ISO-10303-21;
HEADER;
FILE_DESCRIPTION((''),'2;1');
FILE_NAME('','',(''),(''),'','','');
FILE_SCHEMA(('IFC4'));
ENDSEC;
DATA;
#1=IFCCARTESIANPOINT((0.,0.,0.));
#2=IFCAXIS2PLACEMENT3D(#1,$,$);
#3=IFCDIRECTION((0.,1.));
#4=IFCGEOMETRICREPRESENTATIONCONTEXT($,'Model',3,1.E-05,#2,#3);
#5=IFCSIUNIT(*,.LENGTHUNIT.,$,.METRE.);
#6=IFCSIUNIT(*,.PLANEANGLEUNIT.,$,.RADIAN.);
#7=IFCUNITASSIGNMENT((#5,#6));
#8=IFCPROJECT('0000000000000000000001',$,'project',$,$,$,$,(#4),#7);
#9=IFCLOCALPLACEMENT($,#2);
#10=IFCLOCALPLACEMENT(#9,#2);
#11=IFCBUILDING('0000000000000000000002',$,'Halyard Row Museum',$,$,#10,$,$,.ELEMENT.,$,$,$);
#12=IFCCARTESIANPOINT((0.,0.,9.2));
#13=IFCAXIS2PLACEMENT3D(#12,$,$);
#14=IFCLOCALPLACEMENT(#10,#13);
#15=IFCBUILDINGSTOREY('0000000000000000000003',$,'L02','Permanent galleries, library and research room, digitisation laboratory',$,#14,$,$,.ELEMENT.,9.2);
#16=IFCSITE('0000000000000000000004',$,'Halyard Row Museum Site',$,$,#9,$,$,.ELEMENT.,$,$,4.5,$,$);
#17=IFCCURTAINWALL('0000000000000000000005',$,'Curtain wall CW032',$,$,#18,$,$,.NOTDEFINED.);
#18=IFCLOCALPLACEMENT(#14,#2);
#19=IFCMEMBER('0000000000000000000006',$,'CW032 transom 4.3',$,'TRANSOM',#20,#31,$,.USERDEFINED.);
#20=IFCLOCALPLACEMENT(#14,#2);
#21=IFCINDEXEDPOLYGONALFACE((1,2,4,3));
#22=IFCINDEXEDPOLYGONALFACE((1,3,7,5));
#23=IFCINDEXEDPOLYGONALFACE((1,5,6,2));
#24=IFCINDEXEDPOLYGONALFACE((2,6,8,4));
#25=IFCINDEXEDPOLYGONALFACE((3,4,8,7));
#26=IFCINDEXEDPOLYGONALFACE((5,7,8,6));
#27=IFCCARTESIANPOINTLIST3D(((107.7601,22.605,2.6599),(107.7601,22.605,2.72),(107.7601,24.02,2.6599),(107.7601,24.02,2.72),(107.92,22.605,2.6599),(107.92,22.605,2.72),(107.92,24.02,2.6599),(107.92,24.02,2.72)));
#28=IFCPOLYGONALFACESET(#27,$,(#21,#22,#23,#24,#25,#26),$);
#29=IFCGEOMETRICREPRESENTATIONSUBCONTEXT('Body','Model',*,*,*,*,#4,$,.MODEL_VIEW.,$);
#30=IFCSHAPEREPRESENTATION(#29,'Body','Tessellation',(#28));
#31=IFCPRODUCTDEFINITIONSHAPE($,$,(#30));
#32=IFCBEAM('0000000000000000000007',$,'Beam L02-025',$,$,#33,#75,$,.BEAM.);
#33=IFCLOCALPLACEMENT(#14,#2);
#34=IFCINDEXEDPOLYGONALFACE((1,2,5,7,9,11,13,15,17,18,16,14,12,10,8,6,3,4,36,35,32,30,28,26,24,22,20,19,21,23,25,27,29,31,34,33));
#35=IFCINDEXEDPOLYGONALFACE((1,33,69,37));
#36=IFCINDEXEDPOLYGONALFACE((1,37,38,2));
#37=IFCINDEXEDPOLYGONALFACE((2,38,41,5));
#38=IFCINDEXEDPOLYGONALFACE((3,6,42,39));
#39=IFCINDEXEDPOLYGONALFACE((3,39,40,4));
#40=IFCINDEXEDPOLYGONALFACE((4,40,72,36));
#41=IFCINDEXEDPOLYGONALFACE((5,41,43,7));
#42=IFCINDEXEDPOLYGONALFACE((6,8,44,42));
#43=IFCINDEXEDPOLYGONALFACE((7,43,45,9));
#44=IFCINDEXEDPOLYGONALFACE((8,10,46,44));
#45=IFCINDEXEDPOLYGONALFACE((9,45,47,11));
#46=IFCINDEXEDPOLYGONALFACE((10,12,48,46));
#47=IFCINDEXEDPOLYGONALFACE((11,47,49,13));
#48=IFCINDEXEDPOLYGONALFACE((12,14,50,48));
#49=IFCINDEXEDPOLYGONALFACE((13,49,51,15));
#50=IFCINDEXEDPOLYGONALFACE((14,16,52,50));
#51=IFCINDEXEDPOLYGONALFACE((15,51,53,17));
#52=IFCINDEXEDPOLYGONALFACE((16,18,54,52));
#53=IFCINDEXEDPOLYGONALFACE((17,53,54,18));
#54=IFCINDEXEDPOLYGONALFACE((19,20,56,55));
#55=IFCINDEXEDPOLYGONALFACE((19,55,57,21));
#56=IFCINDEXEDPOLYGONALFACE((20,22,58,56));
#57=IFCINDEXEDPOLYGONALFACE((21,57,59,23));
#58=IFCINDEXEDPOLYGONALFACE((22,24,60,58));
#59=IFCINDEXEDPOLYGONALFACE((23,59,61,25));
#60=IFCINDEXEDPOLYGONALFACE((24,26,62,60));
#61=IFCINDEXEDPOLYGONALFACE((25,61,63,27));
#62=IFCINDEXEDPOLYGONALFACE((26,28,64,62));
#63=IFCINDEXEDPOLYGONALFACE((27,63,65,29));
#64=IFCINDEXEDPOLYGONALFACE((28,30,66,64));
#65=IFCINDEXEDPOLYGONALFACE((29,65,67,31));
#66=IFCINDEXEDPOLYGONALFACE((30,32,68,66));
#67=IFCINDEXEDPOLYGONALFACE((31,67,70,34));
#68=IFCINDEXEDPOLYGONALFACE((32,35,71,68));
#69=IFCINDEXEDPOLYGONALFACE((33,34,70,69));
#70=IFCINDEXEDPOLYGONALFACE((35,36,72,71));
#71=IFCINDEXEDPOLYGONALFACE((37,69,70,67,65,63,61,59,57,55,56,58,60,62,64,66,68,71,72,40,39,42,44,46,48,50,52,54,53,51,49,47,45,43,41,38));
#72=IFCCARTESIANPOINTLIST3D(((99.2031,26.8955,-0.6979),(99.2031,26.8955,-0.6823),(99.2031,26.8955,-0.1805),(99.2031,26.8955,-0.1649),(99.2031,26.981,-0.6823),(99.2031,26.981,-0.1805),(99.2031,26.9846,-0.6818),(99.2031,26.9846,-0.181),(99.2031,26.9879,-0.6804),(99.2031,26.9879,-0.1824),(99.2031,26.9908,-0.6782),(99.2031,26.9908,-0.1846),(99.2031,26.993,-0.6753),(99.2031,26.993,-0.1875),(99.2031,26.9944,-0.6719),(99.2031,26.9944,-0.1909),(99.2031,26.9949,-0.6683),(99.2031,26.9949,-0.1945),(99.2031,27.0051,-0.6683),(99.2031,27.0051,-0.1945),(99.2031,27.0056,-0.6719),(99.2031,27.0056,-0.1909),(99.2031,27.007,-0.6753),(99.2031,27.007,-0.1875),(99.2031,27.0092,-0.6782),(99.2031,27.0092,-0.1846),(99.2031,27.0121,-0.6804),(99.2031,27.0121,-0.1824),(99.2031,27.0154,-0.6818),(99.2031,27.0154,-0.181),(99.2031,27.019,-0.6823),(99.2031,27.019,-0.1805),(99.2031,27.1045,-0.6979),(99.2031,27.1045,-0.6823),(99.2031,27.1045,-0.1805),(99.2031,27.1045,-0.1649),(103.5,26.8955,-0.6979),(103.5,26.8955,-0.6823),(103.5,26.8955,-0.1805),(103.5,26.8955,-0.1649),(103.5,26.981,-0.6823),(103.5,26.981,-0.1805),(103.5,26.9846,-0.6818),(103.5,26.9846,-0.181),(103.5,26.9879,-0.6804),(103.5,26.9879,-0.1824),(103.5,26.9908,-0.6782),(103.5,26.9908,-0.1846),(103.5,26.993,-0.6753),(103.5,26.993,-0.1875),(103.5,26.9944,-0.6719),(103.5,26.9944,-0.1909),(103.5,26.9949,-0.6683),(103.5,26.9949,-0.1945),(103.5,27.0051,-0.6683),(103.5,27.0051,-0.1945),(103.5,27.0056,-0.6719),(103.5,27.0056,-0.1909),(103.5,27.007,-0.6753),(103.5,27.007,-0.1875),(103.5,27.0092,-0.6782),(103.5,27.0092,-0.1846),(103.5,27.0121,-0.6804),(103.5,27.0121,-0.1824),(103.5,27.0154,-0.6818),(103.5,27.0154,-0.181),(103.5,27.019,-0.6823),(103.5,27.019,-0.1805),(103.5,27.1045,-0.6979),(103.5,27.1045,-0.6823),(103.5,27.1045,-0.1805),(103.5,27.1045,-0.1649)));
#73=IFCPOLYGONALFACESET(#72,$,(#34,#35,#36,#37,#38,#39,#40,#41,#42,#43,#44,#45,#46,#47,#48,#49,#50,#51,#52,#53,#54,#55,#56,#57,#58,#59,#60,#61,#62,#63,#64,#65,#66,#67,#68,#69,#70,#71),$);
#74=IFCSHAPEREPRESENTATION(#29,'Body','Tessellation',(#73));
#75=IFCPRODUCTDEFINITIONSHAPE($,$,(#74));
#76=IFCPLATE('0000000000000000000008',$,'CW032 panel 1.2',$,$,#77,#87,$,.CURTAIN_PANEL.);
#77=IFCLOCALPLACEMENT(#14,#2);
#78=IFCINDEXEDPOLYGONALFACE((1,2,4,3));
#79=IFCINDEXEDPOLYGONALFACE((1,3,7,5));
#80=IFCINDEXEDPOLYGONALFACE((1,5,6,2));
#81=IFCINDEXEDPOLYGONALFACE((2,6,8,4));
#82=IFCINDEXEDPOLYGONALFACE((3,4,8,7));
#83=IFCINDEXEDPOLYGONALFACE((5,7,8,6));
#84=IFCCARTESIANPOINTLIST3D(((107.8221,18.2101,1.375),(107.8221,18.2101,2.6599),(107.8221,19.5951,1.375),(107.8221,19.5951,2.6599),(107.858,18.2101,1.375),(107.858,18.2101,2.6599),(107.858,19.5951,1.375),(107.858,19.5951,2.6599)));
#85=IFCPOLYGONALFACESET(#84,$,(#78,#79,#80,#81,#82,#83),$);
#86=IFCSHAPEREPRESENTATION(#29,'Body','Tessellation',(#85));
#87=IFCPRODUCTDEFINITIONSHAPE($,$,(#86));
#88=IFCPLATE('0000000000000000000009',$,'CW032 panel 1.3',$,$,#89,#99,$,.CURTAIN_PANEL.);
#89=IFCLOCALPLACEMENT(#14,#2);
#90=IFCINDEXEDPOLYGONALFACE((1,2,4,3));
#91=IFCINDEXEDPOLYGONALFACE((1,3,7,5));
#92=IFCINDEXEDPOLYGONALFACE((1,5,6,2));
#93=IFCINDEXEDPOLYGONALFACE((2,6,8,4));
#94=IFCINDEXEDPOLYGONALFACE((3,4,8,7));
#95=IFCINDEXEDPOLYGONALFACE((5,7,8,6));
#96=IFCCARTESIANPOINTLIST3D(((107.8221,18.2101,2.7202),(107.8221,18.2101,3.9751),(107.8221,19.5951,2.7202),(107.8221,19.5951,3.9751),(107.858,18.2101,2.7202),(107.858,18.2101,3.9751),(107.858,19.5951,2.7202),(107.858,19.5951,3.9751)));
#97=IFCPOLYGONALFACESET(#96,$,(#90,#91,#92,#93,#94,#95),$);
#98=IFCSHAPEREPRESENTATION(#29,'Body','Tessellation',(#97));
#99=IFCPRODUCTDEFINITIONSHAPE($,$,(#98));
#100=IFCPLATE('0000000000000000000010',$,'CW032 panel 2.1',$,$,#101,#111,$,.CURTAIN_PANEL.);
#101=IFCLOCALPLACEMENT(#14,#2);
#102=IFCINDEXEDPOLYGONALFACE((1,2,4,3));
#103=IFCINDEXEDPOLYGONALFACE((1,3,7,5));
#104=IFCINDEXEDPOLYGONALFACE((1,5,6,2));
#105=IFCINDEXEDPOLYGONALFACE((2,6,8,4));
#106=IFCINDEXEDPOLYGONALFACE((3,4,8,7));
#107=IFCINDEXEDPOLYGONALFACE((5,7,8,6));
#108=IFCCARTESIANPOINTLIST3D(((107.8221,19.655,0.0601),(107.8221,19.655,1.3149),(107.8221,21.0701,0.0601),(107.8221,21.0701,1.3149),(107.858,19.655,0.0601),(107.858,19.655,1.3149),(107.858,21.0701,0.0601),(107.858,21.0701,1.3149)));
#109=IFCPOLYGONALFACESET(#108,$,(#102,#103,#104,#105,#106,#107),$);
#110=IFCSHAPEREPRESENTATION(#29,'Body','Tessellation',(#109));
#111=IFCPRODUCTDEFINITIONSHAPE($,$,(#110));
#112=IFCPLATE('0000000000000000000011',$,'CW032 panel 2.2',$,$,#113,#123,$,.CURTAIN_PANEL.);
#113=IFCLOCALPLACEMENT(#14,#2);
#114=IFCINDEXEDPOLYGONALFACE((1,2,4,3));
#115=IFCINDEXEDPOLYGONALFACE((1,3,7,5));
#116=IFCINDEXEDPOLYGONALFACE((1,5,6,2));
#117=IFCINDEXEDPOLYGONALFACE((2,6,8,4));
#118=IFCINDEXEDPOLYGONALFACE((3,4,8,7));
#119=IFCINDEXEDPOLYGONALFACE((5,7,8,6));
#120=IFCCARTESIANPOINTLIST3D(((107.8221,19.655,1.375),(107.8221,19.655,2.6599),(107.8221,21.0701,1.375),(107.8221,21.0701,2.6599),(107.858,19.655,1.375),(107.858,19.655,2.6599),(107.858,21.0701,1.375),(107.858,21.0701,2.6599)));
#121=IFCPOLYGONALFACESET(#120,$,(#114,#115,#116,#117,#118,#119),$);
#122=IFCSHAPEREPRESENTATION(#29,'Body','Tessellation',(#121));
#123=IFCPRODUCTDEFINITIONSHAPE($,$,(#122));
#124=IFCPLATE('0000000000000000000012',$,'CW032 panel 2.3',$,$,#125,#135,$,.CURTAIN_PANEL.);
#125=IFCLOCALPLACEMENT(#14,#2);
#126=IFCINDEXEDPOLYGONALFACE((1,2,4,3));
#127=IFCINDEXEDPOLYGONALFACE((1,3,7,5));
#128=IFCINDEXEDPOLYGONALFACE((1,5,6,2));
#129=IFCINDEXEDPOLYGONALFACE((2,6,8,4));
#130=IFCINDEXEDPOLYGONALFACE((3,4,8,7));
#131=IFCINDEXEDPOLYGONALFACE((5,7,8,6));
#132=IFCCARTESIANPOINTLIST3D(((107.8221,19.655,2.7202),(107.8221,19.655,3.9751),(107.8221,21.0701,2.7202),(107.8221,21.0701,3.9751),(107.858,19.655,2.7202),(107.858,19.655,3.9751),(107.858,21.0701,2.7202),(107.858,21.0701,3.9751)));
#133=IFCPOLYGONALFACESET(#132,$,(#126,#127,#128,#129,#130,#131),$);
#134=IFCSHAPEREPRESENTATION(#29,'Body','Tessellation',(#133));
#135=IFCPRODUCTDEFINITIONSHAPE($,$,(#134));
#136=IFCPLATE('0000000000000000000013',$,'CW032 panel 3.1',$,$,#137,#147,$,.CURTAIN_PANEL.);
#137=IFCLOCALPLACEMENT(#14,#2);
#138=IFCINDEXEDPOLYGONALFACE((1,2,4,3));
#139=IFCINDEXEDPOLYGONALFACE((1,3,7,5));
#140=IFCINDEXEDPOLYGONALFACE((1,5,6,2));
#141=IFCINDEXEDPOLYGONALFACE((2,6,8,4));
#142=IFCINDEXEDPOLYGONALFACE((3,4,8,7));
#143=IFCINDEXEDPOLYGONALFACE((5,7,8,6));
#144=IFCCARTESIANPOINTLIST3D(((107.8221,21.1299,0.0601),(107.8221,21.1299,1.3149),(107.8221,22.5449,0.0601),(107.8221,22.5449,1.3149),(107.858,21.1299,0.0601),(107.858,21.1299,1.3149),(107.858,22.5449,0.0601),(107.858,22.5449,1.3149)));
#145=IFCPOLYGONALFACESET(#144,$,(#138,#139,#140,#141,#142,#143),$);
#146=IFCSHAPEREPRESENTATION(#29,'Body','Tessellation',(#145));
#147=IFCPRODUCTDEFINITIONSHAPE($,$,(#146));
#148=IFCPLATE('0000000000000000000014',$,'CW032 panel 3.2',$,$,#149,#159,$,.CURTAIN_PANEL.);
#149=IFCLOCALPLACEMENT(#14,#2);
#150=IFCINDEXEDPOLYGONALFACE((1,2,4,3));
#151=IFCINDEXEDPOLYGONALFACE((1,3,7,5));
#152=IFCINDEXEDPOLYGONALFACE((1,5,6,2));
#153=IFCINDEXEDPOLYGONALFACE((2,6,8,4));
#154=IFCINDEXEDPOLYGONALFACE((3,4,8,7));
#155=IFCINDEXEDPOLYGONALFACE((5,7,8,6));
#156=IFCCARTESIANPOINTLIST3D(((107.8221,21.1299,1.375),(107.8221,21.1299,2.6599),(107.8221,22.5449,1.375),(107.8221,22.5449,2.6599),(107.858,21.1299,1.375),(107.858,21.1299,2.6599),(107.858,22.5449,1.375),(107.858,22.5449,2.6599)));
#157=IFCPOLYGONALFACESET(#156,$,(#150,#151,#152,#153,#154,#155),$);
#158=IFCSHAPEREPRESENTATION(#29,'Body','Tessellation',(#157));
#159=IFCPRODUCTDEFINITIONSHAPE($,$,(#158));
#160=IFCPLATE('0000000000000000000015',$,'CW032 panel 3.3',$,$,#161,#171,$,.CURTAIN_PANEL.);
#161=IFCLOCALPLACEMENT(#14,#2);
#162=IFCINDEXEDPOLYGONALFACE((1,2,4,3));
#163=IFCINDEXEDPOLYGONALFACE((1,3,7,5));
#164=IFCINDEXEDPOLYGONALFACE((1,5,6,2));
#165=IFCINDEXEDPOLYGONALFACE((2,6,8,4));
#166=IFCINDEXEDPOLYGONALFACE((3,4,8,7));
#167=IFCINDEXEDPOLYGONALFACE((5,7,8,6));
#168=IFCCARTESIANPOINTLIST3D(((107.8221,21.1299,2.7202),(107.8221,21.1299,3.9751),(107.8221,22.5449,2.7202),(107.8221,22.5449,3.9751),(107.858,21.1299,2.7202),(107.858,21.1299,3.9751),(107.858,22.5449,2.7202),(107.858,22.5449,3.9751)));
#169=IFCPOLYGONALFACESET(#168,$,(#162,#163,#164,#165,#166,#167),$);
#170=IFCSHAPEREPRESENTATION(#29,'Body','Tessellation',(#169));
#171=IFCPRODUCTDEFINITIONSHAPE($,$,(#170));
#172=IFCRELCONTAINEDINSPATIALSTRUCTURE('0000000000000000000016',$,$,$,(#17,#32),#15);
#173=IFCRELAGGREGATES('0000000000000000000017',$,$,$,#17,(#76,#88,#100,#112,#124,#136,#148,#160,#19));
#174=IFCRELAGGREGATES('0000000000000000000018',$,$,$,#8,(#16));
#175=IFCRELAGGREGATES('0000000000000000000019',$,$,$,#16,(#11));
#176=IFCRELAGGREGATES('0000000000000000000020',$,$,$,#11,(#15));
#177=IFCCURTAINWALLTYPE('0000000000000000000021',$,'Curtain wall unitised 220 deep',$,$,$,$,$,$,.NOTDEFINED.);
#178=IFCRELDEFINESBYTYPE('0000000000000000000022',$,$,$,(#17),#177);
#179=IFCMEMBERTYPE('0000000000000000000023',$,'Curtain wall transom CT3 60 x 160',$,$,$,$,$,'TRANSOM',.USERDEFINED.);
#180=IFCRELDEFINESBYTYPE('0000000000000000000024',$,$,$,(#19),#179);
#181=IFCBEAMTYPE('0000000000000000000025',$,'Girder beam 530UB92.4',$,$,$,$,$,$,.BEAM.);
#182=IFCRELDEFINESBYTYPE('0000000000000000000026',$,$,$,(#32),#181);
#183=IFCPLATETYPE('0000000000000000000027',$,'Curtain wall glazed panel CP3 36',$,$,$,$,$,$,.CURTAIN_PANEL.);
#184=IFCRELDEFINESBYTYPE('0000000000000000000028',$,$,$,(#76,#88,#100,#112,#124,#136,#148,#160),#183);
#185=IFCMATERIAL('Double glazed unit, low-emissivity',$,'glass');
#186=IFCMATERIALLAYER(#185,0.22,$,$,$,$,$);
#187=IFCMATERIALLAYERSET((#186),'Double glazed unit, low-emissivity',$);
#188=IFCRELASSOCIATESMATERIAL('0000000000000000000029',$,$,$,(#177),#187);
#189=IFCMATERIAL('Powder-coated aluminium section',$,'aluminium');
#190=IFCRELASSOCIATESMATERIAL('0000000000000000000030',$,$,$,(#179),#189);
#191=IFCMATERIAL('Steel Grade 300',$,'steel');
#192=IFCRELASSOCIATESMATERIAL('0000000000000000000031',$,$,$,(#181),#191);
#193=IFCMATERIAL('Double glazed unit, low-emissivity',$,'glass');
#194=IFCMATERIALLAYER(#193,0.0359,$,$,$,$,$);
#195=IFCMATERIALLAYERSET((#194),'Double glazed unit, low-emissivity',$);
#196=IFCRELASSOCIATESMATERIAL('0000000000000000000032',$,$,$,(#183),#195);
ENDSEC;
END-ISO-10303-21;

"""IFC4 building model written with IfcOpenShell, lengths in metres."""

from ifc_helpers import new_model, si_unit, direction, frame, origin, origin_2d, place, context, subcontext, project, spatial, rectangle, i_section, extrude, material, layer, layer_set, material_profile, profile_set, type_object, element, aggregate, save


model = new_model("IFC4")

# Units and contexts
model_context = context("Model", 3, precision=1e-05, world=origin(), true_north=direction((0.0, 1.0)))
body_context = subcontext(model_context, "Body", "Model", "MODEL_VIEW")
ifc_project = project(units=[si_unit("LENGTHUNIT", "METRE"), si_unit("PLANEANGLEUNIT", "RADIAN")], contexts=[model_context])

# Site, building, storey
site_placement = place(None, origin())
site = spatial("IfcSite", under=ifc_project, at=site_placement, Name="Halyard Row Museum Site", CompositionType="ELEMENT", RefElevation=4.5)
building_placement = place(site_placement, origin())
building = spatial("IfcBuilding", under=site, at=building_placement, Name="Halyard Row Museum", CompositionType="ELEMENT")
storey_placement = place(building_placement, frame((0.0, 0.0, 9.2)))
storey = spatial("IfcBuildingStorey", under=building, at=storey_placement, Name="L02", Description="Permanent galleries, library and research room, digitisation laboratory", CompositionType="ELEMENT", Elevation=9.2)

# Curtain wall
ifc_material_1 = material(Name="Double glazed unit, low-emissivity", Category="glass")
ifc_layer_1 = layer(ifc_material_1, 0.22)
ifc_layer_set_1 = layer_set([ifc_layer_1], Name="Double glazed unit, low-emissivity")
curtain_wall_type_1 = type_object("IfcCurtainWallType", Name="Curtain wall unitised 220 deep", PredefinedType="NOTDEFINED", material=ifc_layer_set_1)
curtain_wall_1_placement = place(storey_placement, origin())
curtain_wall_1 = element("IfcCurtainWall", 1, at=curtain_wall_1_placement, inside=storey, type_object=curtain_wall_type_1, Name="Curtain wall CW032", PredefinedType="NOTDEFINED")

# Member
ifc_material_2 = material(Name="Powder-coated aluminium section", Category="aluminium")
ifc_material_profile_1 = material_profile(ifc_material_2, rectangle(XDim=0.1599, YDim=0.0601, at=origin_2d()), Name="160x60 transom")
ifc_profile_set_1 = profile_set([ifc_material_profile_1], Name="Powder-coated aluminium section")
member_type_1 = type_object("IfcMemberType", Name="Curtain wall transom CT3 60 x 160", ElementType="TRANSOM", PredefinedType="USERDEFINED", material=ifc_profile_set_1)
member_1_placement = place(storey_placement, frame((107.8401, 22.605, 2.6899), z_axis=(0.0, 1.0, 0.0), x_axis=(-1.0, 0.0, 0.0)))
member_1 = element("IfcMember", 2, at=member_1_placement, type_object=member_type_1, Name="CW032 transom 4.3", ObjectType="TRANSOM", PredefinedType="USERDEFINED", context=body_context, shape_type="SweptSolid", body=[
    extrude(rectangle(XDim=0.1599, YDim=0.0601, at=origin_2d()), origin(), (0.0, 0.0, 1.0), 1.415),
])

# Beam
ifc_material_3 = material(Name="Steel Grade 300", Category="steel")
ifc_material_profile_2 = material_profile(ifc_material_3, i_section(OverallWidth=0.209, OverallDepth=0.533, WebThickness=0.0103, FlangeThickness=0.0156, FilletRadius=0.0139, at=origin_2d()), Name="530UB92.4")
ifc_profile_set_2 = profile_set([ifc_material_profile_2], Name="Steel Grade 300")
beam_type = type_object("IfcBeamType", Name="Girder beam 530UB92.4", PredefinedType="BEAM", material=ifc_profile_set_2)
beam_placement = place(storey_placement, frame((99.2031, 27.0, -0.4314), z_axis=(1.0, 0.0, 0.0), x_axis=(0.0, 1.0, 0.0)))
element("IfcBeam", 3, at=beam_placement, inside=storey, type_object=beam_type, Name="Beam L02-025", PredefinedType="BEAM", context=body_context, shape_type="SweptSolid", body=[
    extrude(i_section(OverallWidth=0.209, OverallDepth=0.533, WebThickness=0.0103, FlangeThickness=0.0156, FilletRadius=0.0139, at=origin_2d()), origin(), (0.0, 0.0, 1.0), 4.2969),
])

# Plates
ifc_material_4 = material(Name="Double glazed unit, low-emissivity", Category="glass")
ifc_layer_2 = layer(ifc_material_4, 0.0359)
ifc_layer_set_2 = layer_set([ifc_layer_2], Name="Double glazed unit, low-emissivity")
plate_type = type_object("IfcPlateType", Name="Curtain wall glazed panel CP3 36", PredefinedType="CURTAIN_PANEL", material=ifc_layer_set_2)
plate_1_placement = place(storey_placement, frame((107.8401, 18.9026, 1.375), z_axis=(0.0, 0.0, 1.0), x_axis=(0.0, 1.0, 0.0)))
plate_1 = element("IfcPlate", 4, at=plate_1_placement, type_object=plate_type, Name="CW032 panel 1.2", PredefinedType="CURTAIN_PANEL", context=body_context, shape_type="SweptSolid", body=[
    extrude(rectangle(XDim=1.385, YDim=0.0359, at=origin_2d()), origin(), (0.0, 0.0, 1.0), 1.2849),
])
plate_2_placement = place(storey_placement, frame((107.8401, 18.9026, 2.7202), z_axis=(0.0, 0.0, 1.0), x_axis=(0.0, 1.0, 0.0)))
plate_2 = element("IfcPlate", 5, at=plate_2_placement, type_object=plate_type, Name="CW032 panel 1.3", PredefinedType="CURTAIN_PANEL", context=body_context, shape_type="SweptSolid", body=[
    extrude(rectangle(XDim=1.385, YDim=0.0359, at=origin_2d()), origin(), (0.0, 0.0, 1.0), 1.2549),
])
plate_3_placement = place(storey_placement, frame((107.8401, 20.3625, 0.0601), z_axis=(0.0, 0.0, 1.0), x_axis=(0.0, 1.0, 0.0)))
plate_3 = element("IfcPlate", 6, at=plate_3_placement, type_object=plate_type, Name="CW032 panel 2.1", PredefinedType="CURTAIN_PANEL", context=body_context, shape_type="SweptSolid", body=[
    extrude(rectangle(XDim=1.415, YDim=0.0359, at=origin_2d()), origin(), (0.0, 0.0, 1.0), 1.2549),
])
plate_4_placement = place(storey_placement, frame((107.8401, 20.3625, 1.375), z_axis=(0.0, 0.0, 1.0), x_axis=(0.0, 1.0, 0.0)))
plate_4 = element("IfcPlate", 7, at=plate_4_placement, type_object=plate_type, Name="CW032 panel 2.2", PredefinedType="CURTAIN_PANEL", context=body_context, shape_type="SweptSolid", body=[
    extrude(rectangle(XDim=1.415, YDim=0.0359, at=origin_2d()), origin(), (0.0, 0.0, 1.0), 1.2849),
])
plate_5_placement = place(storey_placement, frame((107.8401, 20.3625, 2.7202), z_axis=(0.0, 0.0, 1.0), x_axis=(0.0, 1.0, 0.0)))
plate_5 = element("IfcPlate", 8, at=plate_5_placement, type_object=plate_type, Name="CW032 panel 2.3", PredefinedType="CURTAIN_PANEL", context=body_context, shape_type="SweptSolid", body=[
    extrude(rectangle(XDim=1.415, YDim=0.0359, at=origin_2d()), origin(), (0.0, 0.0, 1.0), 1.2549),
])
plate_6_placement = place(storey_placement, frame((107.8401, 21.8374, 0.0601), z_axis=(0.0, 0.0, 1.0), x_axis=(0.0, 1.0, 0.0)))
plate_6 = element("IfcPlate", 9, at=plate_6_placement, type_object=plate_type, Name="CW032 panel 3.1", PredefinedType="CURTAIN_PANEL", context=body_context, shape_type="SweptSolid", body=[
    extrude(rectangle(XDim=1.415, YDim=0.0359, at=origin_2d()), origin(), (0.0, 0.0, 1.0), 1.2549),
])
plate_7_placement = place(storey_placement, frame((107.8401, 21.8374, 1.375), z_axis=(0.0, 0.0, 1.0), x_axis=(0.0, 1.0, 0.0)))
plate_7 = element("IfcPlate", 10, at=plate_7_placement, type_object=plate_type, Name="CW032 panel 3.2", PredefinedType="CURTAIN_PANEL", context=body_context, shape_type="SweptSolid", body=[
    extrude(rectangle(XDim=1.415, YDim=0.0359, at=origin_2d()), origin(), (0.0, 0.0, 1.0), 1.2849),
])
plate_8_placement = place(storey_placement, frame((107.8401, 21.8374, 2.7202), z_axis=(0.0, 0.0, 1.0), x_axis=(0.0, 1.0, 0.0)))
plate_8 = element("IfcPlate", 11, at=plate_8_placement, type_object=plate_type, Name="CW032 panel 3.3", PredefinedType="CURTAIN_PANEL", context=body_context, shape_type="SweptSolid", body=[
    extrude(rectangle(XDim=1.415, YDim=0.0359, at=origin_2d()), origin(), (0.0, 0.0, 1.0), 1.2549),
])
aggregate(curtain_wall_1, [plate_1, plate_2, plate_3, plate_4, plate_5, plate_6, plate_7, plate_8, member_1])

save(model, "model.ifc")
